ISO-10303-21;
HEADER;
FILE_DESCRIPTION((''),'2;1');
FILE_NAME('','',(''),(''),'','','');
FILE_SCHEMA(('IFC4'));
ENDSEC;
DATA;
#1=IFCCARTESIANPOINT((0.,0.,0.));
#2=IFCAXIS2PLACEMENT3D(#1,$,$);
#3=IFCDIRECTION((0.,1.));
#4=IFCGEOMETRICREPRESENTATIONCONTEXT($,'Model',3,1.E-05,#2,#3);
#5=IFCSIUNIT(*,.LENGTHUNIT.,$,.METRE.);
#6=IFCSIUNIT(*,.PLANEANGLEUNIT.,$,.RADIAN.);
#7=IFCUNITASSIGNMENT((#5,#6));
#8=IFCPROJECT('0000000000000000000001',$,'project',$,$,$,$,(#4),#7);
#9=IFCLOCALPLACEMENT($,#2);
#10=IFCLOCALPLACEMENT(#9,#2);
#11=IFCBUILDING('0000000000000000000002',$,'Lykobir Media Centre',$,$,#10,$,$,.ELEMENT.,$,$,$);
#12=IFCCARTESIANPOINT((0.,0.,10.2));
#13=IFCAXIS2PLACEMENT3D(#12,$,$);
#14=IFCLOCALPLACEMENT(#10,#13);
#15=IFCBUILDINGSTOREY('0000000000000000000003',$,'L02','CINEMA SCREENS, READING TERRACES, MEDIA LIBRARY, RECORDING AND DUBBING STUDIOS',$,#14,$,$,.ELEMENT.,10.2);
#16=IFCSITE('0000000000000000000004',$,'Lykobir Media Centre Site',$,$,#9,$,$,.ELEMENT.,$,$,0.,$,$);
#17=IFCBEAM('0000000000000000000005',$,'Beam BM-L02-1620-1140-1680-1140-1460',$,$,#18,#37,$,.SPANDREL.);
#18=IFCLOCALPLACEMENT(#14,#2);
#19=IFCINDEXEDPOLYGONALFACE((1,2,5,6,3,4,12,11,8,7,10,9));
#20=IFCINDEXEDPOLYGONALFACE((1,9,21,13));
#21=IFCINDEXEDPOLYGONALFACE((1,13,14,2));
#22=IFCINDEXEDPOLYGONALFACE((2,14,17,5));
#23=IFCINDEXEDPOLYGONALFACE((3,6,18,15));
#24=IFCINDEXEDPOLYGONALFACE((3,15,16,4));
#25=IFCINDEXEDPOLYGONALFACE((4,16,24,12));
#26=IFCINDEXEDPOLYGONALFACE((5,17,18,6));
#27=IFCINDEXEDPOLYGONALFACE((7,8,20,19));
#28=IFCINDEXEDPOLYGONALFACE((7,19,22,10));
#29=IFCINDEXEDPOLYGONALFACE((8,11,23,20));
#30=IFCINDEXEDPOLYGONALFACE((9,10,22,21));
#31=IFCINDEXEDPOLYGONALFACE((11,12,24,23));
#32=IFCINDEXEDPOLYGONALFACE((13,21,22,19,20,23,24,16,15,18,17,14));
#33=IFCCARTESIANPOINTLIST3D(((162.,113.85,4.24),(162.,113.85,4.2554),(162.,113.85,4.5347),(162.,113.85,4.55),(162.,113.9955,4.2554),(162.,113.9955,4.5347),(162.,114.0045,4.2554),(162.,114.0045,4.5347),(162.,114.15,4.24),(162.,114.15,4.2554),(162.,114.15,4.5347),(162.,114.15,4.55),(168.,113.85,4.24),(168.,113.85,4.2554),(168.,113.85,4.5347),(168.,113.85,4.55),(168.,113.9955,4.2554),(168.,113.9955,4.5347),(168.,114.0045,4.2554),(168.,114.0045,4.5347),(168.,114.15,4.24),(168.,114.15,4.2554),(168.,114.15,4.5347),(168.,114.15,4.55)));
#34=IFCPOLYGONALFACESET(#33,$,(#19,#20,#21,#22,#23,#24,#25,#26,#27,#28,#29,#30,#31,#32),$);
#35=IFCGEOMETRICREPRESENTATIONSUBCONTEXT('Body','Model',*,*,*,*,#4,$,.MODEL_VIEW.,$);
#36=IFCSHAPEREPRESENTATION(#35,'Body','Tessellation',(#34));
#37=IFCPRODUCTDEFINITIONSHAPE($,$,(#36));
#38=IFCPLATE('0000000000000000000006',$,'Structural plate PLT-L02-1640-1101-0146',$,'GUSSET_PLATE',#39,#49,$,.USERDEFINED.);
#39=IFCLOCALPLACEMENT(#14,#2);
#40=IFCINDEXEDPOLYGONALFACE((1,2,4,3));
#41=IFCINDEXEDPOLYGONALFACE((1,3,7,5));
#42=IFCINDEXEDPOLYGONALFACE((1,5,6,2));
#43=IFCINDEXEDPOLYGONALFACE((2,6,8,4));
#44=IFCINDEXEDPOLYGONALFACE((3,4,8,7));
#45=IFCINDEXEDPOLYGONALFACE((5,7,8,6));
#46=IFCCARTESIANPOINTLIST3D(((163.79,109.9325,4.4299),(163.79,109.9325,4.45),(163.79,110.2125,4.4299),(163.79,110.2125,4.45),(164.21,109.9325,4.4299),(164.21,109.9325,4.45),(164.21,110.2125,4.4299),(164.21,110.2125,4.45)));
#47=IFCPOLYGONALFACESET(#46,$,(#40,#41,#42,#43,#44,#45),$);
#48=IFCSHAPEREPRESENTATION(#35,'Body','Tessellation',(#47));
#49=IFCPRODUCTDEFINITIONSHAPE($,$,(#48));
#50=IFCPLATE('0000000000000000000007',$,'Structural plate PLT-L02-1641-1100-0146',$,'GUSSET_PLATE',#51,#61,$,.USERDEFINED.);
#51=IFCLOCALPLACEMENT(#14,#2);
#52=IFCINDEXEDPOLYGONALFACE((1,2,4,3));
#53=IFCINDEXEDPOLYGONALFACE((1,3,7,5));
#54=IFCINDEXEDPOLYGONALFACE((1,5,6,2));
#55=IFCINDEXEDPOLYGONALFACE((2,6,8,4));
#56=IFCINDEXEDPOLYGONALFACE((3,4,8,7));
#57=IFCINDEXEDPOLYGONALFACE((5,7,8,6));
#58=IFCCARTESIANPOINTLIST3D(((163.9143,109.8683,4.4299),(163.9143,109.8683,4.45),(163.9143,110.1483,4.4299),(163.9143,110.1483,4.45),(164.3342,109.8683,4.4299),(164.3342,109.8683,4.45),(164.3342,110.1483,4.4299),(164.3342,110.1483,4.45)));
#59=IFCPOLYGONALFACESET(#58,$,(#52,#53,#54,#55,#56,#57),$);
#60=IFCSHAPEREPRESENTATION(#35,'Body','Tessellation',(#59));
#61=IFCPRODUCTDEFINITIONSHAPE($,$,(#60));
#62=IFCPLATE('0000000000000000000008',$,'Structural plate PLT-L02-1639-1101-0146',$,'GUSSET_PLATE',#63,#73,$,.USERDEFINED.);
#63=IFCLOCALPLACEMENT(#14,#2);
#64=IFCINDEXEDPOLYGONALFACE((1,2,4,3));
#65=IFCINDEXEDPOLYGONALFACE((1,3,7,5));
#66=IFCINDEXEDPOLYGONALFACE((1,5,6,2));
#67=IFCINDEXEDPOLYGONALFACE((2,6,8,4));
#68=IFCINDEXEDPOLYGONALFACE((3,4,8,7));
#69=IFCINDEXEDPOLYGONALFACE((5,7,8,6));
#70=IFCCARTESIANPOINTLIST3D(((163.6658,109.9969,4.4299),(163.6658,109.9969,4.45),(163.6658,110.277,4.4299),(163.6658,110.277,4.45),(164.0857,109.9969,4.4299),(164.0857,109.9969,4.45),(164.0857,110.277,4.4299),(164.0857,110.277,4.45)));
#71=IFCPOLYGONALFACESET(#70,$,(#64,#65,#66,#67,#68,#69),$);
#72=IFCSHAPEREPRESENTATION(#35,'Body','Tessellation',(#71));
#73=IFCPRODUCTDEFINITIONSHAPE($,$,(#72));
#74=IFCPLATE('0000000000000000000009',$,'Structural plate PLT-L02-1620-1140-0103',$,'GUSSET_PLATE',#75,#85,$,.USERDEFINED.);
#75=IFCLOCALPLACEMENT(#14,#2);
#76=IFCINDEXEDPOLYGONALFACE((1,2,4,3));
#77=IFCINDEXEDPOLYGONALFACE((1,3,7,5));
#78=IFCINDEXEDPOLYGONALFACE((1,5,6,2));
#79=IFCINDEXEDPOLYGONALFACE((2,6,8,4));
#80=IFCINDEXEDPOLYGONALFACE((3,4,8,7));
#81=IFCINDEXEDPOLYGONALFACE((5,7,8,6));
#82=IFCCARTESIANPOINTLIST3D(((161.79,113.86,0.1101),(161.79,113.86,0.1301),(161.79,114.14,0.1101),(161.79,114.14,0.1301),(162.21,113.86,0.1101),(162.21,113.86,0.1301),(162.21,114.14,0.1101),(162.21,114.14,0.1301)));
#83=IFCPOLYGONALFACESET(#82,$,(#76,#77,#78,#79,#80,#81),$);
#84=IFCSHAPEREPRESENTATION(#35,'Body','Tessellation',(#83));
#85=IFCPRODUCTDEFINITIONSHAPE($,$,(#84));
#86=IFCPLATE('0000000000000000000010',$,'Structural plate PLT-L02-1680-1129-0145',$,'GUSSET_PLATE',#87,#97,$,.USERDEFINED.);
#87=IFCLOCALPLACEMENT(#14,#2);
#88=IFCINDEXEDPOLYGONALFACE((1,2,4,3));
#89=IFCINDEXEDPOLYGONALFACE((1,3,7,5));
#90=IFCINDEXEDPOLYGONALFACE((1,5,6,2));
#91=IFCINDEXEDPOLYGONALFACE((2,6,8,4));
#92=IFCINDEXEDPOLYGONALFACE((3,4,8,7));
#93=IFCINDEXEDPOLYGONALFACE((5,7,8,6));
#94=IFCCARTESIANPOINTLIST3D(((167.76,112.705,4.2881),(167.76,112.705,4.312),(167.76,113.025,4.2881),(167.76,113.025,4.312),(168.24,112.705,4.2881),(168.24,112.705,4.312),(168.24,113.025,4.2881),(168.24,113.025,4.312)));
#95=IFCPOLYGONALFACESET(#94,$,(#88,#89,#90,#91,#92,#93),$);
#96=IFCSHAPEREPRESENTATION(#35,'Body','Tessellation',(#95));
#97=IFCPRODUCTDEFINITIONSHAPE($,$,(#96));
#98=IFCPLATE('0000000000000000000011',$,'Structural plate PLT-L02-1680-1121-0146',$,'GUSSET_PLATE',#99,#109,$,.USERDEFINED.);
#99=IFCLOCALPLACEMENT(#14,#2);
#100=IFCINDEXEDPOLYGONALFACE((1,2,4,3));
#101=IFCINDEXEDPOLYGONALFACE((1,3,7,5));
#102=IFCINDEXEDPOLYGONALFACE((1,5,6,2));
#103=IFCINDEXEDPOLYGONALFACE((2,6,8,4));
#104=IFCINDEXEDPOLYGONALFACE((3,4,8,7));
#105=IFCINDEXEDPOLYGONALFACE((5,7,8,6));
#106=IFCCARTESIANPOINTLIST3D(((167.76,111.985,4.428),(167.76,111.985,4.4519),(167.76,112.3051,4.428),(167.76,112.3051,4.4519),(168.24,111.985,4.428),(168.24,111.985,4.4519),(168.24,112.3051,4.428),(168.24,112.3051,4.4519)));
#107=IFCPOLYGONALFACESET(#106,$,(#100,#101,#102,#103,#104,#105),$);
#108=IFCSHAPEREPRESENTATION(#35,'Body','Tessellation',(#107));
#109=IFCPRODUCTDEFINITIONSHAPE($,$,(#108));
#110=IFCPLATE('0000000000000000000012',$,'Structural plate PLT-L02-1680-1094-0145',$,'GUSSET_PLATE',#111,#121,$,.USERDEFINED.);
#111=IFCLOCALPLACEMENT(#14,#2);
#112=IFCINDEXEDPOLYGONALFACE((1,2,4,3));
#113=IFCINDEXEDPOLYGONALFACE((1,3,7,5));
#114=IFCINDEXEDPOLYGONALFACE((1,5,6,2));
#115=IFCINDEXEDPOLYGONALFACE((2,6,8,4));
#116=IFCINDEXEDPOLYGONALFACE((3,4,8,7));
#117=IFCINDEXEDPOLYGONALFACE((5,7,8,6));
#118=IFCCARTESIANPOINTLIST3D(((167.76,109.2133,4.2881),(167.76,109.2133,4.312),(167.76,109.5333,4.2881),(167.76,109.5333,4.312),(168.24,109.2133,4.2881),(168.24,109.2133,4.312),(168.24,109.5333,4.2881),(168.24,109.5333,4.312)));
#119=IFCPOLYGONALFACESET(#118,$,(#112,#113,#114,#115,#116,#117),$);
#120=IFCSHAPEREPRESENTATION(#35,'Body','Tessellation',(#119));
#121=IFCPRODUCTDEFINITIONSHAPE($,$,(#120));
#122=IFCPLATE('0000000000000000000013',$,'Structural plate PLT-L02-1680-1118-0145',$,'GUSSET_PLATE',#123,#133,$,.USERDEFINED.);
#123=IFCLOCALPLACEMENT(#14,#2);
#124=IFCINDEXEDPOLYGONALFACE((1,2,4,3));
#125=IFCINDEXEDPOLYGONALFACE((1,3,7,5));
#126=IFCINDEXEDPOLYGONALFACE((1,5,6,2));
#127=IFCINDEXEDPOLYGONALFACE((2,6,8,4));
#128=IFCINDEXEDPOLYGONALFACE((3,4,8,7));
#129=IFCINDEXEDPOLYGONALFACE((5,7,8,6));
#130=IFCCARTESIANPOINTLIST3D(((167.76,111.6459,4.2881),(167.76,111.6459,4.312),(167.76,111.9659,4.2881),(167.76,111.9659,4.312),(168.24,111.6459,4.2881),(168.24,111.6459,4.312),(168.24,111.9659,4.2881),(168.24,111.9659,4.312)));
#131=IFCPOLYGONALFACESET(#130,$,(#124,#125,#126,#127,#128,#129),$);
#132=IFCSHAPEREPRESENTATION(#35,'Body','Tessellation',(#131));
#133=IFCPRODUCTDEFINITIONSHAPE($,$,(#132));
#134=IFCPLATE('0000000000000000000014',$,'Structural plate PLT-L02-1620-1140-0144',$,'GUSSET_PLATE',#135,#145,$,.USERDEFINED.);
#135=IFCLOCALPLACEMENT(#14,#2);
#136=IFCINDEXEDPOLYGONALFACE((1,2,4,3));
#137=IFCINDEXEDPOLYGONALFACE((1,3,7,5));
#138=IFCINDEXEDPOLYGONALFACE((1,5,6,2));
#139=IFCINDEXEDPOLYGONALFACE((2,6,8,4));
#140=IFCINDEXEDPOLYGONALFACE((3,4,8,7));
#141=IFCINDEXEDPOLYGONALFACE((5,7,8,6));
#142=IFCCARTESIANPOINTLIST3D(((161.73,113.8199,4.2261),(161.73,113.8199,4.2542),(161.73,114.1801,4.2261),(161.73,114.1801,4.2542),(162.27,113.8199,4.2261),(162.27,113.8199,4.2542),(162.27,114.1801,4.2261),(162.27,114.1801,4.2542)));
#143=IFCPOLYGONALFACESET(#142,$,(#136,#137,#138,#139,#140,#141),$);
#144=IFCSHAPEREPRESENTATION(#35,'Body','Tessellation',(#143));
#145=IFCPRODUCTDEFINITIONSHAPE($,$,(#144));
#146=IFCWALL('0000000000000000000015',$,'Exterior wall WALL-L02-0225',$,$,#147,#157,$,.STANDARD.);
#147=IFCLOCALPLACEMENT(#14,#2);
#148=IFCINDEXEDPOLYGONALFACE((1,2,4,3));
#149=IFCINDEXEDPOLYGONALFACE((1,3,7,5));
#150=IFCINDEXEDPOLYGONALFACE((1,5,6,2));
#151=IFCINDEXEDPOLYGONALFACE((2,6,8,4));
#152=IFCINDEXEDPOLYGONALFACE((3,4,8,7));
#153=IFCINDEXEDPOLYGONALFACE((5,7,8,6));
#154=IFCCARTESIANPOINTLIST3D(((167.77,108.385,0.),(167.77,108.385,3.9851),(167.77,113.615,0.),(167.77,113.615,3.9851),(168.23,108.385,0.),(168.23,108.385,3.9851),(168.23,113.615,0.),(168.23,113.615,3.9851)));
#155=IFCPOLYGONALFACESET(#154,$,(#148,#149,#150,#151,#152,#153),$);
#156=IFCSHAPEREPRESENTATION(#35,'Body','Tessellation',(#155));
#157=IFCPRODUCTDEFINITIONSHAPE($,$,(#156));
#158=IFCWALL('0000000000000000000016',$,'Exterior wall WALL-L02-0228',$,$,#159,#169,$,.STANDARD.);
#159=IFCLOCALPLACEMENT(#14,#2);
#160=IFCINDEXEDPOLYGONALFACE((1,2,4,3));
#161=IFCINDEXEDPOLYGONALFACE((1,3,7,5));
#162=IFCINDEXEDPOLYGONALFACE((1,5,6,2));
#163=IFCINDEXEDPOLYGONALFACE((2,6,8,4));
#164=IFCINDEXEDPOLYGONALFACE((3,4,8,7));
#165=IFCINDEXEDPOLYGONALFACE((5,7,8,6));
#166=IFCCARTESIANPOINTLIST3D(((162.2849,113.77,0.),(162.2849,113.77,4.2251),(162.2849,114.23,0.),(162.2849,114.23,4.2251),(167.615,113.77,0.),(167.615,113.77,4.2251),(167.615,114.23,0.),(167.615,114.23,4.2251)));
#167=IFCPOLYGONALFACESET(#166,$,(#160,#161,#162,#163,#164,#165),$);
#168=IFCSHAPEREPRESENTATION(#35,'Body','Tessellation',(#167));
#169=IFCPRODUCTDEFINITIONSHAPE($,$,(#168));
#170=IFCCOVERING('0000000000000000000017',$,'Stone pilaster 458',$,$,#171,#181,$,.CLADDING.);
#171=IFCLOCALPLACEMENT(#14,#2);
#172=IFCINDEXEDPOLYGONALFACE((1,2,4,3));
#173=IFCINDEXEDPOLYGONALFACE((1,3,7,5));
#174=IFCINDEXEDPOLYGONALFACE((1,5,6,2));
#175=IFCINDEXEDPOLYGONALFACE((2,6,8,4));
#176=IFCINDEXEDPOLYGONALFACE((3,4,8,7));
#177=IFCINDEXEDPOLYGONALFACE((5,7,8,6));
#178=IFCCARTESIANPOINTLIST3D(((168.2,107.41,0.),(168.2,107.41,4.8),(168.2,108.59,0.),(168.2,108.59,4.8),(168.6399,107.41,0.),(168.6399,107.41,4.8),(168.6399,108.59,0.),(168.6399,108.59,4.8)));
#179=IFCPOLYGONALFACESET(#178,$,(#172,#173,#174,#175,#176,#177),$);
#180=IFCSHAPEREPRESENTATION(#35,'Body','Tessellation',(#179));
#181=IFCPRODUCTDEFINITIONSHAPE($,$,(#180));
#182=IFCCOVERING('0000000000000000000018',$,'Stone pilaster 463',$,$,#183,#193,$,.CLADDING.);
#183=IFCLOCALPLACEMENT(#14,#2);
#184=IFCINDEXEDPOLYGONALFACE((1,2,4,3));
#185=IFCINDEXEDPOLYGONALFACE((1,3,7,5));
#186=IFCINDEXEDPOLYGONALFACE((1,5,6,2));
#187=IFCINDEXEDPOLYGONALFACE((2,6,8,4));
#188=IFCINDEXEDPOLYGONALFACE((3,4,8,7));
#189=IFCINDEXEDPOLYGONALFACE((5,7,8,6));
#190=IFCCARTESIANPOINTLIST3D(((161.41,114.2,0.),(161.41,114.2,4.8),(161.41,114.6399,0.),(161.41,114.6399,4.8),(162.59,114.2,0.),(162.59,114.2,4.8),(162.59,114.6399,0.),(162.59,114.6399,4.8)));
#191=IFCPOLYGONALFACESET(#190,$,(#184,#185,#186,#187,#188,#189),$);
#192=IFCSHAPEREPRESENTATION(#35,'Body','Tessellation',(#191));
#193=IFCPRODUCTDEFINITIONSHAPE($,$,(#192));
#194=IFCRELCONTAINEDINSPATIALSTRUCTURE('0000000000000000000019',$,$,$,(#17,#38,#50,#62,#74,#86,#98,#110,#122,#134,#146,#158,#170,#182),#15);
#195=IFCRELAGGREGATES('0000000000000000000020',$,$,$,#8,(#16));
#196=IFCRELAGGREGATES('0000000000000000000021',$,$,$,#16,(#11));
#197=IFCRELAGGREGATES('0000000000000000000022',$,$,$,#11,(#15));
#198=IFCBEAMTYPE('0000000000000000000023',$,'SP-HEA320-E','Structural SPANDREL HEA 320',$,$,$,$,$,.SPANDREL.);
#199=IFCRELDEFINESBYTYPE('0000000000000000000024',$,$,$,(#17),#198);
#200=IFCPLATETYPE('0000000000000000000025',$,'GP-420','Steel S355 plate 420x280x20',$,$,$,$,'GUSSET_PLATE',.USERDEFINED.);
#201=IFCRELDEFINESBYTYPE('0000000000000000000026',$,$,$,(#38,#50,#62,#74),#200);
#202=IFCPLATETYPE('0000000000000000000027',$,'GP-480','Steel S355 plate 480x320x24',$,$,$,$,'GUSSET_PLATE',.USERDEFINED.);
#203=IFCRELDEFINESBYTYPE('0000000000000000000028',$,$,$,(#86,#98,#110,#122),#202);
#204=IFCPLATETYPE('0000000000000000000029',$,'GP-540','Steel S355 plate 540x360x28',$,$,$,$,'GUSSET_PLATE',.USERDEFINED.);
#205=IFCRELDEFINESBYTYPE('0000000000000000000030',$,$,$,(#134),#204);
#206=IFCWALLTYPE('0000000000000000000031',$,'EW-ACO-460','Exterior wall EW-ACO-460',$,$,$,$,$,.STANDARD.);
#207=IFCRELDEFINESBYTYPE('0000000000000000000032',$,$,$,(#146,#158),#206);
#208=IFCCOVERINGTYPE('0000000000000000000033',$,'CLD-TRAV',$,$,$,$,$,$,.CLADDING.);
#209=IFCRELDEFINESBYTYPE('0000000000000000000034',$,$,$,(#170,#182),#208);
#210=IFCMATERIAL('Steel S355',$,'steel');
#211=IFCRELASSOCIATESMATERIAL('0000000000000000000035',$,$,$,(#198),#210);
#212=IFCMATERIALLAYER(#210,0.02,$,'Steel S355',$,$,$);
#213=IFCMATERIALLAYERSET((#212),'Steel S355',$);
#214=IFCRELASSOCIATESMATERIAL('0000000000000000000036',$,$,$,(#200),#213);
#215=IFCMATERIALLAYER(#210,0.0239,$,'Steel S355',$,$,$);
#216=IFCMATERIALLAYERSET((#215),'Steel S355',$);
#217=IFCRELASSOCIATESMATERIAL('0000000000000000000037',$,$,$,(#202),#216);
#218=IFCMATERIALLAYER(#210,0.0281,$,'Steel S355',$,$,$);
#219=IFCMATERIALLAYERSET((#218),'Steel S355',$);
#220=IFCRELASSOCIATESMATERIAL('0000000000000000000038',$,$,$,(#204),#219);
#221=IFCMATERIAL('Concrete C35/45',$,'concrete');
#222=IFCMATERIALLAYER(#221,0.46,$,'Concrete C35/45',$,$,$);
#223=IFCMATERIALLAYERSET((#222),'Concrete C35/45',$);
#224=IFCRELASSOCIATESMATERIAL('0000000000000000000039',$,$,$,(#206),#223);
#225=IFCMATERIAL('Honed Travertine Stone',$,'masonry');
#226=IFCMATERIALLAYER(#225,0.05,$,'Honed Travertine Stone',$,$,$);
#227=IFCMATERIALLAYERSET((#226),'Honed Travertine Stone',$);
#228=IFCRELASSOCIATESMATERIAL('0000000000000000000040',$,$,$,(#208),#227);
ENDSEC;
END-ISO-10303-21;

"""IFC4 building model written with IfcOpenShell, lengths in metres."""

from ifc_helpers import new_model, si_unit, direction, frame, frame_2d, origin, origin_2d, place, context, subcontext, project, spatial, rectangle, i_section, extrude, material, layer, layer_set, material_profile, profile_set, type_object, element, save


model = new_model("IFC4")

# Units and contexts
model_context = context("Model", 3, precision=1e-05, world=origin(), true_north=direction((0.0, 1.0)))
body_context = subcontext(model_context, "Body", "Model", "MODEL_VIEW")
ifc_project = project(units=[si_unit("LENGTHUNIT", "METRE"), si_unit("PLANEANGLEUNIT", "RADIAN")], contexts=[model_context])

# Site, building, storey
site_placement = place(None, origin())
site = spatial("IfcSite", under=ifc_project, at=site_placement, Name="Lykobir Media Centre Site", CompositionType="ELEMENT", RefElevation=0.0)
building_placement = place(site_placement, origin())
building = spatial("IfcBuilding", under=site, at=building_placement, Name="Lykobir Media Centre", CompositionType="ELEMENT")
storey_placement = place(building_placement, frame((0.0, 0.0, 10.2)))
storey = spatial("IfcBuildingStorey", under=building, at=storey_placement, Name="L02", Description="CINEMA SCREENS, READING TERRACES, MEDIA LIBRARY, RECORDING AND DUBBING STUDIOS", CompositionType="ELEMENT", Elevation=10.2)

# Shared definitions
ifc_material_1 = material(Name="Steel S355", Category="steel")

# Beam
ifc_material_profile_1 = material_profile(ifc_material_1, i_section(OverallWidth=0.3, OverallDepth=0.3101, WebThickness=0.009, FlangeThickness=0.0154, at=origin_2d()), Name="HEA 320")
ifc_profile_set_1 = profile_set([ifc_material_profile_1], Name="Steel S355")
beam_type_1 = type_object("IfcBeamType", Name="SP-HEA320-E", Description="Structural SPANDREL HEA 320", PredefinedType="SPANDREL", material=ifc_profile_set_1)
beam_1_placement = place(storey_placement, frame((162.0, 114.0, 4.395), z_axis=(1.0, 0.0, 0.0), x_axis=(0.0, 1.0, 0.0)))
element("IfcBeam", 1, at=beam_1_placement, inside=storey, type_object=beam_type_1, Name="Beam BM-L02-1620-1140-1680-1140-1460", PredefinedType="SPANDREL", context=body_context, shape_type="SweptSolid", body=[
    extrude(i_section(OverallWidth=0.3, OverallDepth=0.3101, WebThickness=0.009, FlangeThickness=0.0154, at=origin_2d()), origin(), (0.0, 0.0, 1.0), 6.0),
])

# Plates
ifc_layer_1 = layer(ifc_material_1, 0.02, Name="Steel S355")
ifc_layer_set_1 = layer_set([ifc_layer_1], Name="Steel S355")
plate_type_1 = type_object("IfcPlateType", Name="GP-420", Description="Steel S355 plate 420x280x20", ElementType="GUSSET_PLATE", PredefinedType="USERDEFINED", material=ifc_layer_set_1)
for number, where, z_axis, x_axis, name in (
    (2, (164.0, 110.0725, 4.4299), (0.0, 0.0, 1.0), (1.0, 0.0, 0.0), "Structural plate PLT-L02-1640-1101-0146"),
    (3, (164.1243, 110.0083, 4.4299), (0.0, 0.0, 1.0), (1.0, 0.0, 0.0), "Structural plate PLT-L02-1641-1100-0146"),
    (4, (163.8757, 110.137, 4.4299), (0.0, 0.0, 1.0), (1.0, 0.0, 0.0), "Structural plate PLT-L02-1639-1101-0146"),
    (5, (162.0, 114.0, 0.1101), (0.0, 0.0, 1.0), (1.0, 0.0, 0.0), "Structural plate PLT-L02-1620-1140-0103"),
):
    element("IfcPlate", number, at=place(storey_placement, frame(where, z_axis=z_axis, x_axis=x_axis)), inside=storey, type_object=plate_type_1, Name=name, ObjectType="GUSSET_PLATE", PredefinedType="USERDEFINED", context=body_context, shape_type="SweptSolid", body=[
        extrude(rectangle(XDim=0.4199, YDim=0.28, at=origin_2d()), origin(), (0.0, 0.0, 1.0), 0.02),
    ])
ifc_layer_2 = layer(ifc_material_1, 0.0239, Name="Steel S355")
ifc_layer_set_2 = layer_set([ifc_layer_2], Name="Steel S355")
plate_type_2 = type_object("IfcPlateType", Name="GP-480", Description="Steel S355 plate 480x320x24", ElementType="GUSSET_PLATE", PredefinedType="USERDEFINED", material=ifc_layer_set_2)
for number, where, z_axis, x_axis, name in (
    (6, (168.0, 112.865, 4.2881), (0.0, 0.0, 1.0), (1.0, 0.0, 0.0), "Structural plate PLT-L02-1680-1129-0145"),
    (7, (168.0, 112.145, 4.428), (0.0, 0.0, 1.0), (1.0, 0.0, 0.0), "Structural plate PLT-L02-1680-1121-0146"),
    (8, (168.0, 109.3733, 4.2881), (0.0, 0.0, 1.0), (1.0, 0.0, 0.0), "Structural plate PLT-L02-1680-1094-0145"),
    (9, (168.0, 111.8059, 4.2881), (0.0, 0.0, 1.0), (1.0, 0.0, 0.0), "Structural plate PLT-L02-1680-1118-0145"),
):
    element("IfcPlate", number, at=place(storey_placement, frame(where, z_axis=z_axis, x_axis=x_axis)), inside=storey, type_object=plate_type_2, Name=name, ObjectType="GUSSET_PLATE", PredefinedType="USERDEFINED", context=body_context, shape_type="SweptSolid", body=[
        extrude(rectangle(XDim=0.48, YDim=0.3201, at=origin_2d()), origin(), (0.0, 0.0, 1.0), 0.0239),
    ])
ifc_layer_3 = layer(ifc_material_1, 0.0281, Name="Steel S355")
ifc_layer_set_3 = layer_set([ifc_layer_3], Name="Steel S355")
plate_type_3 = type_object("IfcPlateType", Name="GP-540", Description="Steel S355 plate 540x360x28", ElementType="GUSSET_PLATE", PredefinedType="USERDEFINED", material=ifc_layer_set_3)
plate_placement = place(storey_placement, frame((162.0, 114.0, 4.2261), z_axis=(0.0, 0.0, 1.0), x_axis=(1.0, 0.0, 0.0)))
element("IfcPlate", 10, at=plate_placement, inside=storey, type_object=plate_type_3, Name="Structural plate PLT-L02-1620-1140-0144", ObjectType="GUSSET_PLATE", PredefinedType="USERDEFINED", context=body_context, shape_type="SweptSolid", body=[
    extrude(rectangle(XDim=0.54, YDim=0.3601, at=origin_2d()), origin(), (0.0, 0.0, 1.0), 0.0281),
])

# Walls
ifc_material_2 = material(Name="Concrete C35/45", Category="concrete")
ifc_layer_4 = layer(ifc_material_2, 0.46, Name="Concrete C35/45")
ifc_layer_set_4 = layer_set([ifc_layer_4], Name="Concrete C35/45")
wall_type = type_object("IfcWallType", Name="EW-ACO-460", Description="Exterior wall EW-ACO-460", PredefinedType="STANDARD", material=ifc_layer_set_4)
wall_1_placement = place(storey_placement, frame((168.0, 108.385, 0.0), z_axis=(0.0, 0.0, 1.0), x_axis=(0.0, 1.0, 0.0)))
element("IfcWall", 11, at=wall_1_placement, inside=storey, type_object=wall_type, Name="Exterior wall WALL-L02-0225", PredefinedType="STANDARD", context=body_context, shape_type="SweptSolid", body=[
    extrude(rectangle(XDim=5.23, YDim=0.46, at=frame_2d((2.615, 0.0))), origin(), (0.0, 0.0, 1.0), 3.9851),
])
wall_2_placement = place(storey_placement, frame((167.615, 114.0, 0.0), z_axis=(0.0, 0.0, 1.0), x_axis=(-1.0, 0.0, 0.0)))
element("IfcWall", 12, at=wall_2_placement, inside=storey, type_object=wall_type, Name="Exterior wall WALL-L02-0228", PredefinedType="STANDARD", context=body_context, shape_type="SweptSolid", body=[
    extrude(rectangle(XDim=5.3301, YDim=0.46, at=frame_2d((2.665, 0.0))), origin(), (0.0, 0.0, 1.0), 4.2251),
])

# Coverings
ifc_material_3 = material(Name="Honed Travertine Stone", Category="masonry")
ifc_layer_5 = layer(ifc_material_3, 0.05, Name="Honed Travertine Stone")
ifc_layer_set_5 = layer_set([ifc_layer_5], Name="Honed Travertine Stone")
covering_type = type_object("IfcCoveringType", Name="CLD-TRAV", PredefinedType="CLADDING", material=ifc_layer_set_5)
for number, where, z_axis, x_axis, name in (
    (13, (168.4199, 108.0, 0.0), (0.0, 0.0, 1.0), (0.0, 1.0, 0.0), "Stone pilaster 458"),
    (14, (162.0, 114.4199, 0.0), (0.0, 0.0, 1.0), (-1.0, 0.0, 0.0), "Stone pilaster 463"),
):
    element("IfcCovering", number, at=place(storey_placement, frame(where, z_axis=z_axis, x_axis=x_axis)), inside=storey, type_object=covering_type, Name=name, PredefinedType="CLADDING", context=body_context, shape_type="SweptSolid", body=[
        extrude(rectangle(XDim=1.1799, YDim=0.4399, at=origin_2d()), origin(), (0.0, 0.0, 1.0), 4.8),
    ])

save(model, "model.ifc")
